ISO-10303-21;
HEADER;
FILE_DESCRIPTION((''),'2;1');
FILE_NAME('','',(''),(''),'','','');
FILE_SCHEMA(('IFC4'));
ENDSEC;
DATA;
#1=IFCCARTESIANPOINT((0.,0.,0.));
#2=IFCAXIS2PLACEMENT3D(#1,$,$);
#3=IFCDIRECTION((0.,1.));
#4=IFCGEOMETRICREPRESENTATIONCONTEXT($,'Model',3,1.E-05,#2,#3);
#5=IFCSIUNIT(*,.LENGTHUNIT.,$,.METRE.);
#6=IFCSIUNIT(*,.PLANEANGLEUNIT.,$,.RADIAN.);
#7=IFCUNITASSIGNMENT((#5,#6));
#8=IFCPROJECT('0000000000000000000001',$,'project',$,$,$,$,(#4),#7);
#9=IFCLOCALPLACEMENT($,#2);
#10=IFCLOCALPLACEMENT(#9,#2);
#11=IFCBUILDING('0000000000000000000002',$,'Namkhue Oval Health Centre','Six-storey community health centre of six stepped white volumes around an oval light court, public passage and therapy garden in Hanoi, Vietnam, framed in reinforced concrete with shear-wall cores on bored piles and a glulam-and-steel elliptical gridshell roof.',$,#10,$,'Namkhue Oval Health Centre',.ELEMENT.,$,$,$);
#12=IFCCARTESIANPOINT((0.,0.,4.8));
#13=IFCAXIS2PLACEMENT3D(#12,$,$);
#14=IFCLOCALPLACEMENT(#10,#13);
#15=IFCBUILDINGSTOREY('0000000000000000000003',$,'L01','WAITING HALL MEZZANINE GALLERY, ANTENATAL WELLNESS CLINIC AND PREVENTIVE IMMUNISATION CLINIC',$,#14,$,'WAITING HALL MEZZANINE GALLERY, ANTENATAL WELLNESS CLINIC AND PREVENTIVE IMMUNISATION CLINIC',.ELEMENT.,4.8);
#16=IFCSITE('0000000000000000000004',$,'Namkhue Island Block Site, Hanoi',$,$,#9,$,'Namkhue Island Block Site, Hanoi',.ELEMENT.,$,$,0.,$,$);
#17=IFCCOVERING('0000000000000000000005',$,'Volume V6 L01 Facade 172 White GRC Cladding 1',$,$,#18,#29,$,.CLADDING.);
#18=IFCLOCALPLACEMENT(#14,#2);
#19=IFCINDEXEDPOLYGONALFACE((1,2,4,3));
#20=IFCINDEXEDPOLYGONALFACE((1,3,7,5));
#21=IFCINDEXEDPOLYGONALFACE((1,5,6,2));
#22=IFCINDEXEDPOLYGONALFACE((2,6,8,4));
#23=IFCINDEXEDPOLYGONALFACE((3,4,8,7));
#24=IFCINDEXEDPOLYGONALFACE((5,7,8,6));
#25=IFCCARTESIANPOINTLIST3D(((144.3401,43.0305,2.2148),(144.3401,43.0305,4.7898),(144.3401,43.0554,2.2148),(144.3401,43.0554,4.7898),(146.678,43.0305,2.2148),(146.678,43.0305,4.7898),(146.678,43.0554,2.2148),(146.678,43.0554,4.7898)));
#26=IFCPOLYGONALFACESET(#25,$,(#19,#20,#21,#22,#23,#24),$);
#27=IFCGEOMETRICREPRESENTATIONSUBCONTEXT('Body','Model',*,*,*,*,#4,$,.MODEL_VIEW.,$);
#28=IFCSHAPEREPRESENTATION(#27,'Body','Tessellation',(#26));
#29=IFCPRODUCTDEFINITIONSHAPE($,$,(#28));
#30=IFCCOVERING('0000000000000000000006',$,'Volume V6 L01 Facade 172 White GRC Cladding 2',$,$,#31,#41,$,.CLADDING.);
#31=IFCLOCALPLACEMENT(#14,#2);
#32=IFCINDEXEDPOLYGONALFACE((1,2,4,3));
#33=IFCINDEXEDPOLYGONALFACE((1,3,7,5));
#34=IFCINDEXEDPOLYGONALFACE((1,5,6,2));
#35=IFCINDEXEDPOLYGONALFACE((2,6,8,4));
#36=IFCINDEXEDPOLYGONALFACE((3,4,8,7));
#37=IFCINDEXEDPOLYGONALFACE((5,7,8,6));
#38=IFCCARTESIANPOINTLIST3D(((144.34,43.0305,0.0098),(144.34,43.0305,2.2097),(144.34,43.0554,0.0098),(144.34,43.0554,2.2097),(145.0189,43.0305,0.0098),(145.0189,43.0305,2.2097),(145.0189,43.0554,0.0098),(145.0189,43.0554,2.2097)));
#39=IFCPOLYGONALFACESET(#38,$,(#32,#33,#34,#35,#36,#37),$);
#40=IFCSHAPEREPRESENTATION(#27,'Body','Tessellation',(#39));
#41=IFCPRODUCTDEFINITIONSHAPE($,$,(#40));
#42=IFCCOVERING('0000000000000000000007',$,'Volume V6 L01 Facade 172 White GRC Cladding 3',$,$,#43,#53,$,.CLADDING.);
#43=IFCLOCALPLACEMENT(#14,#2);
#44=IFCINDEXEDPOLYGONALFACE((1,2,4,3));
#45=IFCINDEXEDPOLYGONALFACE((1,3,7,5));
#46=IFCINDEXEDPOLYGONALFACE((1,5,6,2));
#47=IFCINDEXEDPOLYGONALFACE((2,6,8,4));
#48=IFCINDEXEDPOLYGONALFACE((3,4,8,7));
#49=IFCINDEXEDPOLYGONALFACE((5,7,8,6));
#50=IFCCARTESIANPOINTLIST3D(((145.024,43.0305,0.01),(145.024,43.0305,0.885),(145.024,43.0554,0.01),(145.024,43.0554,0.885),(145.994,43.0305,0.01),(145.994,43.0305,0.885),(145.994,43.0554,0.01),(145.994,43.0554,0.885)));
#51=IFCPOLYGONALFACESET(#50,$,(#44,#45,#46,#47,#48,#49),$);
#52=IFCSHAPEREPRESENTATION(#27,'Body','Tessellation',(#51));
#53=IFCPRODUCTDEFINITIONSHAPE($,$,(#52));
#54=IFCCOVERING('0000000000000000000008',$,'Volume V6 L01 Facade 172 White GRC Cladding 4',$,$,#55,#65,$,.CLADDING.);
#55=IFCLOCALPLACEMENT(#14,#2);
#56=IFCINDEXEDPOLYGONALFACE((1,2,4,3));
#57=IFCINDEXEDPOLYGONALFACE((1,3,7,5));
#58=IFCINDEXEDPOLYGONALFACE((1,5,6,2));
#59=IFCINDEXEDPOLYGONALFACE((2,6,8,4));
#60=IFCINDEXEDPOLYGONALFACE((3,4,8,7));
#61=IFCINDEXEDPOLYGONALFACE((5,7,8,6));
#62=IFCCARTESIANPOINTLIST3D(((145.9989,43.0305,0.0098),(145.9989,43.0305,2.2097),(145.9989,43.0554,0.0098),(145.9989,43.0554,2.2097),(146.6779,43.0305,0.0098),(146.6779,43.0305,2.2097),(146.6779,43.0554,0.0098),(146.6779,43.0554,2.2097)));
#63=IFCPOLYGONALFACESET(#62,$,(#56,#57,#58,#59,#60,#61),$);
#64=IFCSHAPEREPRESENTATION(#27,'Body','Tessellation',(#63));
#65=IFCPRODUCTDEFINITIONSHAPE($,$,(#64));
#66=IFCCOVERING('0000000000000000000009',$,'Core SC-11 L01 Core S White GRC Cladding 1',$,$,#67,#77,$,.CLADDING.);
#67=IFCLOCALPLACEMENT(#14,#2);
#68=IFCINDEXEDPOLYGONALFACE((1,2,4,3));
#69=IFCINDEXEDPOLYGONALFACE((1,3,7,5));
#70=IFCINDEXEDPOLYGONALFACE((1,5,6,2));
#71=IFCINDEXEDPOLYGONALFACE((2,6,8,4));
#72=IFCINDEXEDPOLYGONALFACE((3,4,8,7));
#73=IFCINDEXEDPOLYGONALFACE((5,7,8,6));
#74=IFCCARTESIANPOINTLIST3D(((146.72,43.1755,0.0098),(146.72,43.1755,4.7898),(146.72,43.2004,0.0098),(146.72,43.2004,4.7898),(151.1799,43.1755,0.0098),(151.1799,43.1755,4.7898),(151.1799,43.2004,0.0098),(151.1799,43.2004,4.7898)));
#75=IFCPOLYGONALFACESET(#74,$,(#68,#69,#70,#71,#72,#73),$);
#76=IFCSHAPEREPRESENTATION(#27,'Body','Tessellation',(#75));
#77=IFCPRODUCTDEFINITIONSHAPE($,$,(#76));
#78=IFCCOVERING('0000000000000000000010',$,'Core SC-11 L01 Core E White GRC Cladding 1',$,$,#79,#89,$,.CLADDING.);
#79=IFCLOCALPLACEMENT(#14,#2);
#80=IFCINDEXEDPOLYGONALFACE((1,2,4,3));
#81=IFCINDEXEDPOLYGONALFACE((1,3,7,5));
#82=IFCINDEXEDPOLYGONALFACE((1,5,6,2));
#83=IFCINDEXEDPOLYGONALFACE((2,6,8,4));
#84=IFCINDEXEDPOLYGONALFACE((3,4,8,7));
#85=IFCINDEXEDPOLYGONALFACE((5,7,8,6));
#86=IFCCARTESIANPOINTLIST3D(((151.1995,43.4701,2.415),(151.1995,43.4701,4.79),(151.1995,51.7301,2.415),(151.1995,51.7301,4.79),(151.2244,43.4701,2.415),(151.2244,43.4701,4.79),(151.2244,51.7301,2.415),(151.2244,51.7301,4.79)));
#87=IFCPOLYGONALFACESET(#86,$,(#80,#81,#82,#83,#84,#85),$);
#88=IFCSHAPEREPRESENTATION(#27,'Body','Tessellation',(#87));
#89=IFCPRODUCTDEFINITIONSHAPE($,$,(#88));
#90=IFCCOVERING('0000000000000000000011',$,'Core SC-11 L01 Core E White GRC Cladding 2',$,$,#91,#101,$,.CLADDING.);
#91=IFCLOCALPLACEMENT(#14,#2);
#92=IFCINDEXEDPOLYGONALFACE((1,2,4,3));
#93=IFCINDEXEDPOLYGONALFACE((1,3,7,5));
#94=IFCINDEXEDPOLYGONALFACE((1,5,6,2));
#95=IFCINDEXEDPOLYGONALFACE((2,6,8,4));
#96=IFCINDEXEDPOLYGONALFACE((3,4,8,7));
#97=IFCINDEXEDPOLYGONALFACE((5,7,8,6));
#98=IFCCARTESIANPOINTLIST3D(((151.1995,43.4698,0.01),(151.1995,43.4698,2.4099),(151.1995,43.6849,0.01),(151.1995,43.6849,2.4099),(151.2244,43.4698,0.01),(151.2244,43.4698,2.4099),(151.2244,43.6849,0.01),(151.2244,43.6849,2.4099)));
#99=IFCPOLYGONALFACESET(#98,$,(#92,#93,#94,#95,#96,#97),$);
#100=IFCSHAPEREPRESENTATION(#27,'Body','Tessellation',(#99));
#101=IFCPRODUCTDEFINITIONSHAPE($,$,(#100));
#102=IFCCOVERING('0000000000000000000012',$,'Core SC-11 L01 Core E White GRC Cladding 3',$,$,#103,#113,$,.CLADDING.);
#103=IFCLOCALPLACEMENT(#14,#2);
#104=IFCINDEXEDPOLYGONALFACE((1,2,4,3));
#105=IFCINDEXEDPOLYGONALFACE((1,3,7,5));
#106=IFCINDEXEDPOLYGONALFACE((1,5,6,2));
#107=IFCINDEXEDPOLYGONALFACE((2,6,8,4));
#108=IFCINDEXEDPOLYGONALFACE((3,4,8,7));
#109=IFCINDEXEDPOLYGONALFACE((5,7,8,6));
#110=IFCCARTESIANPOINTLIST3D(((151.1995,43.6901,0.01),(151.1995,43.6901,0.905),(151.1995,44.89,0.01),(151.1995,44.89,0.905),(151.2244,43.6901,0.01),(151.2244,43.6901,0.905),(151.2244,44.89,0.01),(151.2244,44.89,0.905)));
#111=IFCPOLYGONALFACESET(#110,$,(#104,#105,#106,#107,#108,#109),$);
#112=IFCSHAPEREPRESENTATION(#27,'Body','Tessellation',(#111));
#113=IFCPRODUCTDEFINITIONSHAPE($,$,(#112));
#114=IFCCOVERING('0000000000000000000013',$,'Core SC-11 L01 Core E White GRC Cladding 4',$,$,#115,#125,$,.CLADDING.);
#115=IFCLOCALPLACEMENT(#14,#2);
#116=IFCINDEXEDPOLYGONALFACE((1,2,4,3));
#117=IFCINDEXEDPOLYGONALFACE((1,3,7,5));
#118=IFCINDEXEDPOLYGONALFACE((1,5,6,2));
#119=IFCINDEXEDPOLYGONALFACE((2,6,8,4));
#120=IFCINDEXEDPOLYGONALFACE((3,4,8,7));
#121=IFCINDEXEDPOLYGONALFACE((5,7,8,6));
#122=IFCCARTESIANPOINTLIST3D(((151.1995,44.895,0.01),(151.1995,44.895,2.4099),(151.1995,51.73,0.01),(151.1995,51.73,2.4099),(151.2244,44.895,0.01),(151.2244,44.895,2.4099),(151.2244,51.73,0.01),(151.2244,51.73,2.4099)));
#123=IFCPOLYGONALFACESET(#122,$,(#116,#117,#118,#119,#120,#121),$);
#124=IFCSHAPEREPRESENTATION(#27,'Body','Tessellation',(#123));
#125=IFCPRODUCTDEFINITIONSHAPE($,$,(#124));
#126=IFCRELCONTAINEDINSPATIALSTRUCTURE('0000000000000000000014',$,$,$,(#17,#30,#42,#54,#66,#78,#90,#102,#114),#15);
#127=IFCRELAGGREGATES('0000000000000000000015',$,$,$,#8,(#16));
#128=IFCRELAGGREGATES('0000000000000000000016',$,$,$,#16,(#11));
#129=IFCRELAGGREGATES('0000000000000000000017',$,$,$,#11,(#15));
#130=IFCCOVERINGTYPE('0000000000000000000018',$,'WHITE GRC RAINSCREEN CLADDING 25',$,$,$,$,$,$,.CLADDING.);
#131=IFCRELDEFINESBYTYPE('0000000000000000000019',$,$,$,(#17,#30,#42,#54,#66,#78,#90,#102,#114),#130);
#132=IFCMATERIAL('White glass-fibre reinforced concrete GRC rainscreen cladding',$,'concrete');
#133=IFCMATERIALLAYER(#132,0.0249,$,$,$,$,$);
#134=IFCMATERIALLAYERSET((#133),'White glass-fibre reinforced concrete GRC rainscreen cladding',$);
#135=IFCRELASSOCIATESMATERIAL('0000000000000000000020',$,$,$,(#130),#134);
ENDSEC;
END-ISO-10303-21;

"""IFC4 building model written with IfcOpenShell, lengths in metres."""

from ifc_helpers import new_model, si_unit, direction, frame, origin, origin_2d, place, context, subcontext, project, spatial, rectangle, extrude, material, layer, layer_set, type_object, element, save


model = new_model("IFC4")

# Units and contexts
model_context = context("Model", 3, precision=1e-05, world=origin(), true_north=direction((0.0, 1.0)))
body_context = subcontext(model_context, "Body", "Model", "MODEL_VIEW")
ifc_project = project(units=[si_unit("LENGTHUNIT", "METRE"), si_unit("PLANEANGLEUNIT", "RADIAN")], contexts=[model_context])

# Site, building, storey
site_placement = place(None, origin())
site = spatial("IfcSite", under=ifc_project, at=site_placement, Name="Namkhue Island Block Site, Hanoi", LongName="Namkhue Island Block Site, Hanoi", CompositionType="ELEMENT", RefElevation=0.0)
building_placement = place(site_placement, origin())
building = spatial("IfcBuilding", under=site, at=building_placement, Name="Namkhue Oval Health Centre", Description="Six-storey community health centre of six stepped white volumes around an oval light court, public passage and therapy garden in Hanoi, Vietnam, framed in reinforced concrete with shear-wall cores on bored piles and a glulam-and-steel elliptical gridshell roof.", LongName="Namkhue Oval Health Centre", CompositionType="ELEMENT")
storey_placement = place(building_placement, frame((0.0, 0.0, 4.8)))
storey = spatial("IfcBuildingStorey", under=building, at=storey_placement, Name="L01", Description="WAITING HALL MEZZANINE GALLERY, ANTENATAL WELLNESS CLINIC AND PREVENTIVE IMMUNISATION CLINIC", LongName="WAITING HALL MEZZANINE GALLERY, ANTENATAL WELLNESS CLINIC AND PREVENTIVE IMMUNISATION CLINIC", CompositionType="ELEMENT", Elevation=4.8)

# Coverings
ifc_material_1 = material(Name="White glass-fibre reinforced concrete GRC rainscreen cladding", Category="concrete")
ifc_layer_1 = layer(ifc_material_1, 0.0249)
ifc_layer_set_1 = layer_set([ifc_layer_1], Name="White glass-fibre reinforced concrete GRC rainscreen cladding")
covering_type = type_object("IfcCoveringType", Name="WHITE GRC RAINSCREEN CLADDING 25", PredefinedType="CLADDING", material=ifc_layer_set_1)
covering_1_placement = place(storey_placement, frame((145.509, 43.043, 2.2148), z_axis=(0.0, 0.0, 1.0), x_axis=(1.0, 0.0, 0.0)))
element("IfcCovering", 1, at=covering_1_placement, inside=storey, type_object=covering_type, Name="Volume V6 L01 Facade 172 White GRC Cladding 1", PredefinedType="CLADDING", context=body_context, shape_type="SweptSolid", body=[
    extrude(rectangle(XDim=2.3379, YDim=0.0249, at=origin_2d()), origin(), (0.0, 0.0, 1.0), 2.575),
])
covering_2_placement = place(storey_placement, frame((144.6794, 43.043, 0.0098), z_axis=(0.0, 0.0, 1.0), x_axis=(1.0, 0.0, 0.0)))
element("IfcCovering", 2, at=covering_2_placement, inside=storey, type_object=covering_type, Name="Volume V6 L01 Facade 172 White GRC Cladding 2", PredefinedType="CLADDING", context=body_context, shape_type="SweptSolid", body=[
    extrude(rectangle(XDim=0.679, YDim=0.0249, at=origin_2d()), origin(), (0.0, 0.0, 1.0), 2.2),
])
covering_3_placement = place(storey_placement, frame((145.509, 43.043, 0.01), z_axis=(0.0, 0.0, 1.0), x_axis=(1.0, 0.0, 0.0)))
element("IfcCovering", 3, at=covering_3_placement, inside=storey, type_object=covering_type, Name="Volume V6 L01 Facade 172 White GRC Cladding 3", PredefinedType="CLADDING", context=body_context, shape_type="SweptSolid", body=[
    extrude(rectangle(XDim=0.97, YDim=0.0249, at=origin_2d()), origin(), (0.0, 0.0, 1.0), 0.875),
])
covering_4_placement = place(storey_placement, frame((146.3384, 43.043, 0.0098), z_axis=(0.0, 0.0, 1.0), x_axis=(1.0, 0.0, 0.0)))
element("IfcCovering", 4, at=covering_4_placement, inside=storey, type_object=covering_type, Name="Volume V6 L01 Facade 172 White GRC Cladding 4", PredefinedType="CLADDING", context=body_context, shape_type="SweptSolid", body=[
    extrude(rectangle(XDim=0.679, YDim=0.0249, at=origin_2d()), origin(), (0.0, 0.0, 1.0), 2.2),
])
covering_5_placement = place(storey_placement, frame((148.95, 43.188, 0.0098), z_axis=(0.0, 0.0, 1.0), x_axis=(1.0, 0.0, 0.0)))
element("IfcCovering", 5, at=covering_5_placement, inside=storey, type_object=covering_type, Name="Core SC-11 L01 Core S White GRC Cladding 1", PredefinedType="CLADDING", context=body_context, shape_type="SweptSolid", body=[
    extrude(rectangle(XDim=4.46, YDim=0.0249, at=origin_2d()), origin(), (0.0, 0.0, 1.0), 4.78),
])
covering_6_placement = place(storey_placement, frame((151.2119, 47.6001, 2.415), z_axis=(0.0, 0.0, 1.0), x_axis=(0.0, 1.0, 0.0)))
element("IfcCovering", 6, at=covering_6_placement, inside=storey, type_object=covering_type, Name="Core SC-11 L01 Core E White GRC Cladding 1", PredefinedType="CLADDING", context=body_context, shape_type="SweptSolid", body=[
    extrude(rectangle(XDim=8.26, YDim=0.0249, at=origin_2d()), origin(), (0.0, 0.0, 1.0), 2.375),
])
covering_7_placement = place(storey_placement, frame((151.2119, 43.5774, 0.01), z_axis=(0.0, 0.0, 1.0), x_axis=(0.0, 1.0, 0.0)))
element("IfcCovering", 7, at=covering_7_placement, inside=storey, type_object=covering_type, Name="Core SC-11 L01 Core E White GRC Cladding 2", PredefinedType="CLADDING", context=body_context, shape_type="SweptSolid", body=[
    extrude(rectangle(XDim=0.2151, YDim=0.0249, at=origin_2d()), origin(), (0.0, 0.0, 1.0), 2.3999),
])
covering_8_placement = place(storey_placement, frame((151.2119, 44.29, 0.01), z_axis=(0.0, 0.0, 1.0), x_axis=(0.0, 1.0, 0.0)))
element("IfcCovering", 8, at=covering_8_placement, inside=storey, type_object=covering_type, Name="Core SC-11 L01 Core E White GRC Cladding 3", PredefinedType="CLADDING", context=body_context, shape_type="SweptSolid", body=[
    extrude(rectangle(XDim=1.2, YDim=0.0249, at=origin_2d()), origin(), (0.0, 0.0, 1.0), 0.895),
])
covering_9_placement = place(storey_placement, frame((151.2119, 48.3125, 0.01), z_axis=(0.0, 0.0, 1.0), x_axis=(0.0, 1.0, 0.0)))
element("IfcCovering", 9, at=covering_9_placement, inside=storey, type_object=covering_type, Name="Core SC-11 L01 Core E White GRC Cladding 4", PredefinedType="CLADDING", context=body_context, shape_type="SweptSolid", body=[
    extrude(rectangle(XDim=6.835, YDim=0.0249, at=origin_2d()), origin(), (0.0, 0.0, 1.0), 2.3999),
])

save(model, "model.ifc")
